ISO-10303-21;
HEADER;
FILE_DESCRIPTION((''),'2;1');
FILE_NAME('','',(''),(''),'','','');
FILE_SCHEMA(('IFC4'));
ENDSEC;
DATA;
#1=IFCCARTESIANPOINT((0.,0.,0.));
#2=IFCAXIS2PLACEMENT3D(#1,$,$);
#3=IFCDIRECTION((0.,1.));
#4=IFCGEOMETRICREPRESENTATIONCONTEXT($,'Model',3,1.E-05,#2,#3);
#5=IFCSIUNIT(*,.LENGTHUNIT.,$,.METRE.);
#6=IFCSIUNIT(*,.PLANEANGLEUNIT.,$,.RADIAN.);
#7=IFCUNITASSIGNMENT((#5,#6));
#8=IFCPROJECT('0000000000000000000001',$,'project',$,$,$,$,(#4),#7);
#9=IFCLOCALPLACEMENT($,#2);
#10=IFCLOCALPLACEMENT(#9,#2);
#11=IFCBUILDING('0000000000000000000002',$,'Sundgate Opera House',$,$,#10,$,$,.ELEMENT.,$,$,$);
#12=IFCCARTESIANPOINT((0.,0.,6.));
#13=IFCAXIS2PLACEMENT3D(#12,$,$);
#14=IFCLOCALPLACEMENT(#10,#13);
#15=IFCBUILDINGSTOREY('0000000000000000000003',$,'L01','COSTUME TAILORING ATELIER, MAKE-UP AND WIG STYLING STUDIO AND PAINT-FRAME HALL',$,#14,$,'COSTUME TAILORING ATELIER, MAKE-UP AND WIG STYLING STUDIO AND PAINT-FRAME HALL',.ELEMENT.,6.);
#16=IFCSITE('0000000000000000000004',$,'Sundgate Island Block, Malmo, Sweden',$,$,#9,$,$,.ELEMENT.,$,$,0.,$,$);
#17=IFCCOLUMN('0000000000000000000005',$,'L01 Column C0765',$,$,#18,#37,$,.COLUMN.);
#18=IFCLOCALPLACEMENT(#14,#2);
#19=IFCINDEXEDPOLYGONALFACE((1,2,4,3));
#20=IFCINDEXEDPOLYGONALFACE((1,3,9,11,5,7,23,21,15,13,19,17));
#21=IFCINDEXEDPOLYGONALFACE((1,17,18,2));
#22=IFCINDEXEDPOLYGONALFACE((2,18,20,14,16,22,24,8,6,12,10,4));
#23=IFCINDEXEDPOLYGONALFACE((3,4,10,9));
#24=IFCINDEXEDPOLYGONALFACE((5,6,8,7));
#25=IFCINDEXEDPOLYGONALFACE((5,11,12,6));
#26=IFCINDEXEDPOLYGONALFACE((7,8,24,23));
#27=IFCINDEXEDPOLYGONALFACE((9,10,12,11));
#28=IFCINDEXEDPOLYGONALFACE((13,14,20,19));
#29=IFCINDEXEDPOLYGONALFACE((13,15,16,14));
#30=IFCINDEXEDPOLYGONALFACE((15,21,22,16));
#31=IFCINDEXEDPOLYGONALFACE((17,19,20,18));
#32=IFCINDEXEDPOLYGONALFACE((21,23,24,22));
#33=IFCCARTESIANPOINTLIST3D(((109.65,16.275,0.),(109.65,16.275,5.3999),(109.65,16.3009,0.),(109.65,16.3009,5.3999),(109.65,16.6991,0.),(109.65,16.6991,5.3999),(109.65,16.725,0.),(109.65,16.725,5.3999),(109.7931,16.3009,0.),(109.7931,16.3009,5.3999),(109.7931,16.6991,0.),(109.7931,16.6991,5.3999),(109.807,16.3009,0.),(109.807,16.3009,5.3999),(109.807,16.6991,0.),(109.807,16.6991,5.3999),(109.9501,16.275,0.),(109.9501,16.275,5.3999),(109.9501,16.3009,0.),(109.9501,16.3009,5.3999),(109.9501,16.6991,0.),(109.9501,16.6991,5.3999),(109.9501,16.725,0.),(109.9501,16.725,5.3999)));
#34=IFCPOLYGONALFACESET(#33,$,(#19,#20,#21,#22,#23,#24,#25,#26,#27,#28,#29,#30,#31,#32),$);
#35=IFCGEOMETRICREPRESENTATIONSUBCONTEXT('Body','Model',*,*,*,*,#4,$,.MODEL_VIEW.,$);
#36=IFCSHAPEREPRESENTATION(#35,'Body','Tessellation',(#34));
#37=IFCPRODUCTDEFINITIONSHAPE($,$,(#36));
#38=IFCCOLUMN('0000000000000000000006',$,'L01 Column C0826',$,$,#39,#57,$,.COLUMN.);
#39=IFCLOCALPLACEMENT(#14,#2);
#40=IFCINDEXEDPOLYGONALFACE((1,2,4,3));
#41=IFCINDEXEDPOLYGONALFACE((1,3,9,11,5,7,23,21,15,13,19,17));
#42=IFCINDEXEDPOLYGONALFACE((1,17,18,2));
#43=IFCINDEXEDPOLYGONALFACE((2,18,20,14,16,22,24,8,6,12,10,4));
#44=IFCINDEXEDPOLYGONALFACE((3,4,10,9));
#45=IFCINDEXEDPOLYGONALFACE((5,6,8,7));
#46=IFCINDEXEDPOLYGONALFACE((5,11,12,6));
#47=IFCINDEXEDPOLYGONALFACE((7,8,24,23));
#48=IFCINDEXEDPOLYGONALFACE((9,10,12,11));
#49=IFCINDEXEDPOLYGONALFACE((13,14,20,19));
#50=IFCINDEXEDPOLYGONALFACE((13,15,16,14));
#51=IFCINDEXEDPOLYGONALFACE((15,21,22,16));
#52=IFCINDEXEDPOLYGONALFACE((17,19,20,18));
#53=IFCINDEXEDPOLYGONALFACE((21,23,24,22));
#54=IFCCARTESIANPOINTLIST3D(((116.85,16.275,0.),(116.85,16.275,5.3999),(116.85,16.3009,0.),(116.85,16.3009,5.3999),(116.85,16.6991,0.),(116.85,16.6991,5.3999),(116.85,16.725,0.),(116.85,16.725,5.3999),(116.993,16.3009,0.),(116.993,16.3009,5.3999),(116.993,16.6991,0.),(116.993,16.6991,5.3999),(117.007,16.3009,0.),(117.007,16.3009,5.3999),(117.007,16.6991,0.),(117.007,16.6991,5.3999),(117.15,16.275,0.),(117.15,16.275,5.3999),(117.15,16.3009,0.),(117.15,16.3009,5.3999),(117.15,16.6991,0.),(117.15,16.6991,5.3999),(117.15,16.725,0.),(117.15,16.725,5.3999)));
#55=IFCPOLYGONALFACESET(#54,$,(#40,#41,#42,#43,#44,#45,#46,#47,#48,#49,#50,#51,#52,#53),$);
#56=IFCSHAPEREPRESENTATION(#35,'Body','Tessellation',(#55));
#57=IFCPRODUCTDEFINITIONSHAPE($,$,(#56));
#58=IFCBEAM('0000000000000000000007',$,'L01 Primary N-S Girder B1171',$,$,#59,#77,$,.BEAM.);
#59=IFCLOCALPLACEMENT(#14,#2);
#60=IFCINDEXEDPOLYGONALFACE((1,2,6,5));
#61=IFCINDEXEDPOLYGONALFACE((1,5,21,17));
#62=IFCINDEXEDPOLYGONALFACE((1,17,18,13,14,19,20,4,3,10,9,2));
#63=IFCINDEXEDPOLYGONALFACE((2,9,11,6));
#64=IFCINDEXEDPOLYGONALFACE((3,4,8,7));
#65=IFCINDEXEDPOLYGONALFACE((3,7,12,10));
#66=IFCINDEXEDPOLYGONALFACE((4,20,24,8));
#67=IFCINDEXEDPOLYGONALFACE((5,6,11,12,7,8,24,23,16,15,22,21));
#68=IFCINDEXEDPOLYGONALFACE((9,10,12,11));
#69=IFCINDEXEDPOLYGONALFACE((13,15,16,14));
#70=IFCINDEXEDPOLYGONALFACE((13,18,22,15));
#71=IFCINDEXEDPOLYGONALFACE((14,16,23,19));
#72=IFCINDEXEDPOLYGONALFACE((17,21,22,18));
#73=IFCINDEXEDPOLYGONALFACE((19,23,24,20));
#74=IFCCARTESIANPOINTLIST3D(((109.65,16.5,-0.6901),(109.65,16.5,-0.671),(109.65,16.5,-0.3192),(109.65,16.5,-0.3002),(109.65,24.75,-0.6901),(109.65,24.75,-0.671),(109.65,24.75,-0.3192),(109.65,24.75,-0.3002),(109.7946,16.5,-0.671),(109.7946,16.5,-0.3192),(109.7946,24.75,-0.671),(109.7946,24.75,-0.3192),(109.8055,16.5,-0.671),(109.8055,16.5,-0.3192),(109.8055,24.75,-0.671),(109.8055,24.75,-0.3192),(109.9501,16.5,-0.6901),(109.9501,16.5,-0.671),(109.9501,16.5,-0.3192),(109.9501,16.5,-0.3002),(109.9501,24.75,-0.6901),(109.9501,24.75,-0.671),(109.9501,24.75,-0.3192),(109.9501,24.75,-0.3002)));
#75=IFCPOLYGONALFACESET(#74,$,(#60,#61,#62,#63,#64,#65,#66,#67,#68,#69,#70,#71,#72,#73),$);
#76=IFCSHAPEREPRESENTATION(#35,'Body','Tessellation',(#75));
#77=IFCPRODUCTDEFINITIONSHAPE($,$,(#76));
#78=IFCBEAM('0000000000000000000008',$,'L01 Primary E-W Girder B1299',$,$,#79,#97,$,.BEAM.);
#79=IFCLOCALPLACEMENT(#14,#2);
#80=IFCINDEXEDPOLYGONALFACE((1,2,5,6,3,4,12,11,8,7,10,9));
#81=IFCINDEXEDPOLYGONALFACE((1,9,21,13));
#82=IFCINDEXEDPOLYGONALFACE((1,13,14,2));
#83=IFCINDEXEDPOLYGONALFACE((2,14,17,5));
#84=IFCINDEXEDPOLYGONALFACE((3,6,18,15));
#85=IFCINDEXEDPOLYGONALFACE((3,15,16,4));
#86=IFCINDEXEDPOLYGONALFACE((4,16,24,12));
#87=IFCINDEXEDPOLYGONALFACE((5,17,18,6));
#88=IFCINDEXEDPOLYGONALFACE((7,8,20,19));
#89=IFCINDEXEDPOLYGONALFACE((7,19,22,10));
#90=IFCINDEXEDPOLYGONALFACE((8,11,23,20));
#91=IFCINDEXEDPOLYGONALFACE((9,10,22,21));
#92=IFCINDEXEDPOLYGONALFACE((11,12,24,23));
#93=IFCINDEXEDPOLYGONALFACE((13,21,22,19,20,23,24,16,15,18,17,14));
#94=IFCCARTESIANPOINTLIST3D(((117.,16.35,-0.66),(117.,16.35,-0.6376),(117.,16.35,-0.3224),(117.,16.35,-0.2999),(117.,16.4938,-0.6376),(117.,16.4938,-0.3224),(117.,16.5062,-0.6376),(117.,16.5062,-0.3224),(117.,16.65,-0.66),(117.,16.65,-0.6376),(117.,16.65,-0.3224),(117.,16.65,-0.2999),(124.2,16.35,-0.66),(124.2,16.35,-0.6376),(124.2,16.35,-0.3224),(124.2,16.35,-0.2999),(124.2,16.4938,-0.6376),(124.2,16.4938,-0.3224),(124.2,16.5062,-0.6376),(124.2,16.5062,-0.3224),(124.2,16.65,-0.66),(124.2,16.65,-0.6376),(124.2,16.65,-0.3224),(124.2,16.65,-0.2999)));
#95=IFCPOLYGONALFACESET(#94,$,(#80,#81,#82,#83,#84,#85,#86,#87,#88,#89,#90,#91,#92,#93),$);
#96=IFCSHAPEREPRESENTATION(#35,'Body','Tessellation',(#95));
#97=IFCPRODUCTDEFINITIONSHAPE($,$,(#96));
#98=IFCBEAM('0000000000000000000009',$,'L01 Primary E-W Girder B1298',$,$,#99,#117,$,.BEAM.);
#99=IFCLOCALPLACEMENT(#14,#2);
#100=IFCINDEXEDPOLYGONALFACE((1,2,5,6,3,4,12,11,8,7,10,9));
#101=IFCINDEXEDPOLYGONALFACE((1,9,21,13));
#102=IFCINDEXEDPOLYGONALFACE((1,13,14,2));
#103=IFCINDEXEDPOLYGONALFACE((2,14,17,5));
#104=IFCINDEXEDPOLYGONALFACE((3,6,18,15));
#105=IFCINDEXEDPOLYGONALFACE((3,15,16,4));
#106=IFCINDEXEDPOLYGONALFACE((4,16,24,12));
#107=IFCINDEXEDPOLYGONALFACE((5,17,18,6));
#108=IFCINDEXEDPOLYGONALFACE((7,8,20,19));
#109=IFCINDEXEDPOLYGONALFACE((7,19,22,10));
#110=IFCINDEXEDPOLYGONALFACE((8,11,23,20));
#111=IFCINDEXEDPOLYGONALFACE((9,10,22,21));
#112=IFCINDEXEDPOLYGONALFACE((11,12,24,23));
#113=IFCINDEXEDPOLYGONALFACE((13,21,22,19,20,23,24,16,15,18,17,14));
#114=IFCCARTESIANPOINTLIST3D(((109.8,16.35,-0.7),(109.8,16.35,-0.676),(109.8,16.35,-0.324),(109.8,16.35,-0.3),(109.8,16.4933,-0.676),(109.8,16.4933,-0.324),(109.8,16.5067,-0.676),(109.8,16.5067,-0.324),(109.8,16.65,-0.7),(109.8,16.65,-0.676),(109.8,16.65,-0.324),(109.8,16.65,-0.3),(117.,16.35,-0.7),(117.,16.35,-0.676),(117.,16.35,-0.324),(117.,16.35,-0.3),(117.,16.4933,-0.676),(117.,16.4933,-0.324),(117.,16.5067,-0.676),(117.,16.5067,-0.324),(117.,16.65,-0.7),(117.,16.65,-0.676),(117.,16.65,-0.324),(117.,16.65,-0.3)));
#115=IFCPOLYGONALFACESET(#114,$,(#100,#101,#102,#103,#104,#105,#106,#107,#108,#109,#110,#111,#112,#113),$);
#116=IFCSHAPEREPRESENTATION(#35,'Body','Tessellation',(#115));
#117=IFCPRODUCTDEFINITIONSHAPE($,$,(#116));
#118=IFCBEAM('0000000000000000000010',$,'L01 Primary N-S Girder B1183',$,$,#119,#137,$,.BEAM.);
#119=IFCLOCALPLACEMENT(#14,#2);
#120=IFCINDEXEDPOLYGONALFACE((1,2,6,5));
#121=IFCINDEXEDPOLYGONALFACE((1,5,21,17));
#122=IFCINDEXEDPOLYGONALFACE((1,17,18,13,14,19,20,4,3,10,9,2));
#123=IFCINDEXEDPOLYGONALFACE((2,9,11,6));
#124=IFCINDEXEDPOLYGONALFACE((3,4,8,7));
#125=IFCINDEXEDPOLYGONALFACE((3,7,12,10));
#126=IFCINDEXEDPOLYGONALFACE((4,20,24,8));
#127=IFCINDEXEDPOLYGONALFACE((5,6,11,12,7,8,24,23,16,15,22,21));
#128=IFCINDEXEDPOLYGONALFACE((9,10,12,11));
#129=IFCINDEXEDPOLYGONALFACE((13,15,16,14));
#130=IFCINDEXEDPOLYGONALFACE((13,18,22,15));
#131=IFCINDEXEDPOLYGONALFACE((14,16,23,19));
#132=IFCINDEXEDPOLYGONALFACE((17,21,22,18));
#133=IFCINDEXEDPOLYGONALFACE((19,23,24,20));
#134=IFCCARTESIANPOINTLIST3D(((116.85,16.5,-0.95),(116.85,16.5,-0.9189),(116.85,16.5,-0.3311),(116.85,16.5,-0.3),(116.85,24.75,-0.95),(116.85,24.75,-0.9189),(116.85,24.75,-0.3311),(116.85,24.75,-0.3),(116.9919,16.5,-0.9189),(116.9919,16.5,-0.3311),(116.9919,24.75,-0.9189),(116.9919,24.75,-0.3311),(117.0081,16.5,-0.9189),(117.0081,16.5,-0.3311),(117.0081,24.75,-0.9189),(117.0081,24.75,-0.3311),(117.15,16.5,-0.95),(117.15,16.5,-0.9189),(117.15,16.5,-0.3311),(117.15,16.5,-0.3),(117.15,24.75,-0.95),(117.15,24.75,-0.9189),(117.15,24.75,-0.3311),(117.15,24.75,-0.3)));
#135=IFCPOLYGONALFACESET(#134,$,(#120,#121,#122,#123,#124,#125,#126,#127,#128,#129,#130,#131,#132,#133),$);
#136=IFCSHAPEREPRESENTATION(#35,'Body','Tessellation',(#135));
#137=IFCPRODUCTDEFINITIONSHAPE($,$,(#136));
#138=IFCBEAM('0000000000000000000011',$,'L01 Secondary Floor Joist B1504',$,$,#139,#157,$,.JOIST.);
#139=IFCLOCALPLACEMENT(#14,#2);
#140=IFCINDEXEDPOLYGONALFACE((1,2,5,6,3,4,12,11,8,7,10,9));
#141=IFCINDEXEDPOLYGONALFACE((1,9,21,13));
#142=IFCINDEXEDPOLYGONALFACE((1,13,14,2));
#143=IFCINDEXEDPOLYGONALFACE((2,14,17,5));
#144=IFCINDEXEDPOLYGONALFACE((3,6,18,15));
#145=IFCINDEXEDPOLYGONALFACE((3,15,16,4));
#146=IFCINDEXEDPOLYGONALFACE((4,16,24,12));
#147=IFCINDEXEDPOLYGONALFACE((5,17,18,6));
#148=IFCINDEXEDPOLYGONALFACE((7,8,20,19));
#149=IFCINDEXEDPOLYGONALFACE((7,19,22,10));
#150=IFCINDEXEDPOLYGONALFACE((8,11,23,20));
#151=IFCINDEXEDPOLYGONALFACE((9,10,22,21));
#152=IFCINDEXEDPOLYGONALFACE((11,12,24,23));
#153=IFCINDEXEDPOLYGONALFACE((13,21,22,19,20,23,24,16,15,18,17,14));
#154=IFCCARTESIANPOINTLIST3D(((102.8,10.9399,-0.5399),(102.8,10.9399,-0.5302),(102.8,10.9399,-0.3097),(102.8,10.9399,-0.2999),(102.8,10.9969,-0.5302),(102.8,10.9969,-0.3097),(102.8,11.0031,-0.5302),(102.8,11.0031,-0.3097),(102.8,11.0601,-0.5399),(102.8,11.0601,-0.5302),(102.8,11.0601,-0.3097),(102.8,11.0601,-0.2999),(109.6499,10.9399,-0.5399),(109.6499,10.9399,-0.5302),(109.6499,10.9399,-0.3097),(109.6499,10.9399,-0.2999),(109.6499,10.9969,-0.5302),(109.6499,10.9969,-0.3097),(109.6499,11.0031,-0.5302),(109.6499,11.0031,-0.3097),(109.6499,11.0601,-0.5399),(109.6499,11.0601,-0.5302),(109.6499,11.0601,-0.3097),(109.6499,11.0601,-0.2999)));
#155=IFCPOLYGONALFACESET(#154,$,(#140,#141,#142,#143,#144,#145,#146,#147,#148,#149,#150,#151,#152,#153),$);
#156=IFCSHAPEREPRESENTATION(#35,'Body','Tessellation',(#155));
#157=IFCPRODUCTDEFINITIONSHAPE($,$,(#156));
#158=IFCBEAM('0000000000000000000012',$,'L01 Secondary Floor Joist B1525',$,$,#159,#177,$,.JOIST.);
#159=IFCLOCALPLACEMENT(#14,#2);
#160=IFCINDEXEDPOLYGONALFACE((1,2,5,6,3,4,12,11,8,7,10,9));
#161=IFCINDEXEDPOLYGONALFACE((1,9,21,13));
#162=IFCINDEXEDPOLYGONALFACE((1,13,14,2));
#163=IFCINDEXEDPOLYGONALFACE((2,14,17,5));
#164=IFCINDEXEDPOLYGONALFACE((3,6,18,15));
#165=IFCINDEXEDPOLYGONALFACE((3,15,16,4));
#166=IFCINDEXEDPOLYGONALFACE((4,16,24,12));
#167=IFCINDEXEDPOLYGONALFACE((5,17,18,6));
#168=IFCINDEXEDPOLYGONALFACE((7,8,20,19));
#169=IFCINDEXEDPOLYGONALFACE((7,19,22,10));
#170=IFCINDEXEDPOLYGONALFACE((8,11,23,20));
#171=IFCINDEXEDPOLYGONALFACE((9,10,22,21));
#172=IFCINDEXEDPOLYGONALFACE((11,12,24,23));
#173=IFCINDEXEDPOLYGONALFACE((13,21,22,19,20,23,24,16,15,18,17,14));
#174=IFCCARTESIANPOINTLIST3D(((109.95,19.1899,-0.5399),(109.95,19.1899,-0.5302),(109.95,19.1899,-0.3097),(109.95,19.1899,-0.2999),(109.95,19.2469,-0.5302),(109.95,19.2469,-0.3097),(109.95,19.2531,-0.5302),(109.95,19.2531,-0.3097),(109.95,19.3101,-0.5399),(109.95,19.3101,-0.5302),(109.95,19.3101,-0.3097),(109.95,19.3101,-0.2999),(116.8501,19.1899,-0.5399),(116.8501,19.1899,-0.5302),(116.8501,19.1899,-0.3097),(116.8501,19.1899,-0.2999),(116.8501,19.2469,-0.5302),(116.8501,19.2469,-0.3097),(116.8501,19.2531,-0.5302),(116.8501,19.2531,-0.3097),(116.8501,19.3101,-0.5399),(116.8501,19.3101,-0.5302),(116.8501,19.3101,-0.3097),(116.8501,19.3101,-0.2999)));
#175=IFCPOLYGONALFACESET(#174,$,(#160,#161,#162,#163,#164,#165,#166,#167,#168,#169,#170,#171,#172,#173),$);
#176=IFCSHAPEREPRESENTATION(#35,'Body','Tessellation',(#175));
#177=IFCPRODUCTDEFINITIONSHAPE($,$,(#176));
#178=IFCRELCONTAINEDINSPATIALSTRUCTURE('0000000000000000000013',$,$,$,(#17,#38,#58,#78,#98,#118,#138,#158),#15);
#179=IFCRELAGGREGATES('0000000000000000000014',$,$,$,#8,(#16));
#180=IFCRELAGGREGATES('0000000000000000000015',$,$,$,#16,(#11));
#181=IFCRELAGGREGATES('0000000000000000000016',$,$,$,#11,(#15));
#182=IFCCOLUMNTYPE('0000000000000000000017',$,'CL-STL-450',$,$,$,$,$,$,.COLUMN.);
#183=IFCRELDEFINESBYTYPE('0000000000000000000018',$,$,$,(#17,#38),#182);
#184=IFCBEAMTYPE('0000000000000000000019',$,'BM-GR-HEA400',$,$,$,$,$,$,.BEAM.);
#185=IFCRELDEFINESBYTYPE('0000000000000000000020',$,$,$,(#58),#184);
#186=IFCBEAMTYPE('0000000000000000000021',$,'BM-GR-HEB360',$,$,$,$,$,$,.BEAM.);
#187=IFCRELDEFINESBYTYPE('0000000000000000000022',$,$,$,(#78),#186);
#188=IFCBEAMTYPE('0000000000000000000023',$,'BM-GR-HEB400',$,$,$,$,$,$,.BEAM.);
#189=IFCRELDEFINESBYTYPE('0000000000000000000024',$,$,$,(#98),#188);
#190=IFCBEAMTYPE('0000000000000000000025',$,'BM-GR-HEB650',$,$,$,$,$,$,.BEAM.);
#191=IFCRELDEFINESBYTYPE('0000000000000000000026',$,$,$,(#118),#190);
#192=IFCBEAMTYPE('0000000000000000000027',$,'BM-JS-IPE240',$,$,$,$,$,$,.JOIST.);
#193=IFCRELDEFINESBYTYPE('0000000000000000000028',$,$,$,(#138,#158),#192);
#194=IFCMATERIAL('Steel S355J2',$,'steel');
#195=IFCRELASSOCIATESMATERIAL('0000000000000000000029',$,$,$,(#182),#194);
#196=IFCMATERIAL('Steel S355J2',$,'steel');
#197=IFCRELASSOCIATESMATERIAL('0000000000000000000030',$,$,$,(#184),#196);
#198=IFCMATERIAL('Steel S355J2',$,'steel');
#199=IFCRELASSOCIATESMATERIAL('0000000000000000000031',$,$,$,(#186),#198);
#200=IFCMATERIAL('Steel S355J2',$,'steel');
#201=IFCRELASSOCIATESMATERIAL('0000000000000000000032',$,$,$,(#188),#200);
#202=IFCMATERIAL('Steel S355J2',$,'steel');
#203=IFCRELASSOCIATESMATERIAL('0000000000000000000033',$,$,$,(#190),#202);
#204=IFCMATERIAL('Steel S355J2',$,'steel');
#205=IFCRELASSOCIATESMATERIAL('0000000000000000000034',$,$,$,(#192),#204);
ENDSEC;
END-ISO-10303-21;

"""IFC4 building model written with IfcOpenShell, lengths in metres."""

from ifc_helpers import new_model, si_unit, direction, frame, origin, origin_2d, place, context, subcontext, project, spatial, i_section, extrude, material, material_profile, profile_set, type_object, element, save


model = new_model("IFC4")

# Units and contexts
model_context = context("Model", 3, precision=1e-05, world=origin(), true_north=direction((0.0, 1.0)))
body_context = subcontext(model_context, "Body", "Model", "MODEL_VIEW")
ifc_project = project(units=[si_unit("LENGTHUNIT", "METRE"), si_unit("PLANEANGLEUNIT", "RADIAN")], contexts=[model_context])

# Site, building, storey
site_placement = place(None, origin())
site = spatial("IfcSite", under=ifc_project, at=site_placement, Name="Sundgate Island Block, Malmo, Sweden", CompositionType="ELEMENT", RefElevation=0.0)
building_placement = place(site_placement, origin())
building = spatial("IfcBuilding", under=site, at=building_placement, Name="Sundgate Opera House", CompositionType="ELEMENT")
storey_placement = place(building_placement, frame((0.0, 0.0, 6.0)))
storey = spatial("IfcBuildingStorey", under=building, at=storey_placement, Name="L01", Description="COSTUME TAILORING ATELIER, MAKE-UP AND WIG STYLING STUDIO AND PAINT-FRAME HALL", LongName="COSTUME TAILORING ATELIER, MAKE-UP AND WIG STYLING STUDIO AND PAINT-FRAME HALL", CompositionType="ELEMENT", Elevation=6.0)

# Columns
ifc_material_1 = material(Name="Steel S355J2", Category="steel")
ifc_material_profile_1 = material_profile(ifc_material_1, i_section(OverallWidth=0.3, OverallDepth=0.45, WebThickness=0.0139, FlangeThickness=0.0259, at=origin_2d()), Name="HEB 450")
ifc_profile_set_1 = profile_set([ifc_material_profile_1], Name="Steel S355J2")
column_type = type_object("IfcColumnType", Name="CL-STL-450", PredefinedType="COLUMN", material=ifc_profile_set_1)
for number, where, z_axis, x_axis, name in (
    (1, (109.8, 16.5, 0.0), (0.0, 0.0, 1.0), (1.0, 0.0, 0.0), "L01 Column C0765"),
    (2, (117.0, 16.5, 0.0), (0.0, 0.0, 1.0), (1.0, 0.0, 0.0), "L01 Column C0826"),
):
    element("IfcColumn", number, at=place(storey_placement, frame(where, z_axis=z_axis, x_axis=x_axis)), inside=storey, type_object=column_type, Name=name, PredefinedType="COLUMN", context=body_context, shape_type="SweptSolid", body=[
        extrude(i_section(OverallWidth=0.3, OverallDepth=0.45, WebThickness=0.0139, FlangeThickness=0.0259, at=origin_2d()), origin(), (0.0, 0.0, 1.0), 5.3999),
    ])

# Beams
ifc_material_2 = material(Name="Steel S355J2", Category="steel")
ifc_material_profile_2 = material_profile(ifc_material_2, i_section(OverallWidth=0.3, OverallDepth=0.3899, WebThickness=0.011, FlangeThickness=0.019, at=origin_2d()), Name="HEA 400")
ifc_profile_set_2 = profile_set([ifc_material_profile_2], Name="Steel S355J2")
beam_type_1 = type_object("IfcBeamType", Name="BM-GR-HEA400", PredefinedType="BEAM", material=ifc_profile_set_2)
beam_1_placement = place(storey_placement, frame((109.8, 16.5, -0.4951), z_axis=(0.0, 1.0, 0.0), x_axis=(-1.0, 0.0, 0.0)))
element("IfcBeam", 3, at=beam_1_placement, inside=storey, type_object=beam_type_1, Name="L01 Primary N-S Girder B1171", PredefinedType="BEAM", context=body_context, shape_type="SweptSolid", body=[
    extrude(i_section(OverallWidth=0.3, OverallDepth=0.3899, WebThickness=0.011, FlangeThickness=0.019, at=origin_2d()), origin(), (0.0, 0.0, 1.0), 8.25),
])
ifc_material_3 = material(Name="Steel S355J2", Category="steel")
ifc_material_profile_3 = material_profile(ifc_material_3, i_section(OverallWidth=0.3, OverallDepth=0.3601, WebThickness=0.0125, FlangeThickness=0.0225, at=origin_2d()), Name="HEB 360")
ifc_profile_set_3 = profile_set([ifc_material_profile_3], Name="Steel S355J2")
beam_type_2 = type_object("IfcBeamType", Name="BM-GR-HEB360", PredefinedType="BEAM", material=ifc_profile_set_3)
beam_2_placement = place(storey_placement, frame((117.0, 16.5, -0.48), z_axis=(1.0, 0.0, 0.0), x_axis=(0.0, 1.0, 0.0)))
element("IfcBeam", 4, at=beam_2_placement, inside=storey, type_object=beam_type_2, Name="L01 Primary E-W Girder B1299", PredefinedType="BEAM", context=body_context, shape_type="SweptSolid", body=[
    extrude(i_section(OverallWidth=0.3, OverallDepth=0.3601, WebThickness=0.0125, FlangeThickness=0.0225, at=origin_2d()), origin(), (0.0, 0.0, 1.0), 7.2),
])
ifc_material_4 = material(Name="Steel S355J2", Category="steel")
ifc_material_profile_4 = material_profile(ifc_material_4, i_section(OverallWidth=0.3, OverallDepth=0.3999, WebThickness=0.0134, FlangeThickness=0.0239, at=origin_2d()), Name="HEB 400")
ifc_profile_set_4 = profile_set([ifc_material_profile_4], Name="Steel S355J2")
beam_type_3 = type_object("IfcBeamType", Name="BM-GR-HEB400", PredefinedType="BEAM", material=ifc_profile_set_4)
beam_3_placement = place(storey_placement, frame((109.8, 16.5, -0.5), z_axis=(1.0, 0.0, 0.0), x_axis=(0.0, 1.0, 0.0)))
element("IfcBeam", 5, at=beam_3_placement, inside=storey, type_object=beam_type_3, Name="L01 Primary E-W Girder B1298", PredefinedType="BEAM", context=body_context, shape_type="SweptSolid", body=[
    extrude(i_section(OverallWidth=0.3, OverallDepth=0.3999, WebThickness=0.0134, FlangeThickness=0.0239, at=origin_2d()), origin(), (0.0, 0.0, 1.0), 7.2),
])
ifc_material_5 = material(Name="Steel S355J2", Category="steel")
ifc_material_profile_5 = material_profile(ifc_material_5, i_section(OverallWidth=0.3, OverallDepth=0.6499, WebThickness=0.0161, FlangeThickness=0.031, at=origin_2d()), Name="HEB 650")
ifc_profile_set_5 = profile_set([ifc_material_profile_5], Name="Steel S355J2")
beam_type_4 = type_object("IfcBeamType", Name="BM-GR-HEB650", PredefinedType="BEAM", material=ifc_profile_set_5)
beam_4_placement = place(storey_placement, frame((117.0, 16.5, -0.625), z_axis=(0.0, 1.0, 0.0), x_axis=(-1.0, 0.0, 0.0)))
element("IfcBeam", 6, at=beam_4_placement, inside=storey, type_object=beam_type_4, Name="L01 Primary N-S Girder B1183", PredefinedType="BEAM", context=body_context, shape_type="SweptSolid", body=[
    extrude(i_section(OverallWidth=0.3, OverallDepth=0.6499, WebThickness=0.0161, FlangeThickness=0.031, at=origin_2d()), origin(), (0.0, 0.0, 1.0), 8.25),
])
ifc_material_6 = material(Name="Steel S355J2", Category="steel")
ifc_material_profile_6 = material_profile(ifc_material_6, i_section(OverallWidth=0.1201, OverallDepth=0.24, WebThickness=0.0061, FlangeThickness=0.0098, at=origin_2d()), Name="IPE 240")
ifc_profile_set_6 = profile_set([ifc_material_profile_6], Name="Steel S355J2")
beam_type_5 = type_object("IfcBeamType", Name="BM-JS-IPE240", PredefinedType="JOIST", material=ifc_profile_set_6)
beam_5_placement = place(storey_placement, frame((102.8, 11.0, -0.4199), z_axis=(1.0, 0.0, 0.0), x_axis=(0.0, 1.0, 0.0)))
element("IfcBeam", 7, at=beam_5_placement, inside=storey, type_object=beam_type_5, Name="L01 Secondary Floor Joist B1504", PredefinedType="JOIST", context=body_context, shape_type="SweptSolid", body=[
    extrude(i_section(OverallWidth=0.1201, OverallDepth=0.24, WebThickness=0.0061, FlangeThickness=0.0098, at=origin_2d()), origin(), (0.0, 0.0, 1.0), 6.8499),
])
beam_6_placement = place(storey_placement, frame((109.95, 19.25, -0.4199), z_axis=(1.0, 0.0, 0.0), x_axis=(0.0, 1.0, 0.0)))
element("IfcBeam", 8, at=beam_6_placement, inside=storey, type_object=beam_type_5, Name="L01 Secondary Floor Joist B1525", PredefinedType="JOIST", context=body_context, shape_type="SweptSolid", body=[
    extrude(i_section(OverallWidth=0.1201, OverallDepth=0.24, WebThickness=0.0061, FlangeThickness=0.0098, at=origin_2d()), origin(), (0.0, 0.0, 1.0), 6.9001),
])

save(model, "model.ifc")
